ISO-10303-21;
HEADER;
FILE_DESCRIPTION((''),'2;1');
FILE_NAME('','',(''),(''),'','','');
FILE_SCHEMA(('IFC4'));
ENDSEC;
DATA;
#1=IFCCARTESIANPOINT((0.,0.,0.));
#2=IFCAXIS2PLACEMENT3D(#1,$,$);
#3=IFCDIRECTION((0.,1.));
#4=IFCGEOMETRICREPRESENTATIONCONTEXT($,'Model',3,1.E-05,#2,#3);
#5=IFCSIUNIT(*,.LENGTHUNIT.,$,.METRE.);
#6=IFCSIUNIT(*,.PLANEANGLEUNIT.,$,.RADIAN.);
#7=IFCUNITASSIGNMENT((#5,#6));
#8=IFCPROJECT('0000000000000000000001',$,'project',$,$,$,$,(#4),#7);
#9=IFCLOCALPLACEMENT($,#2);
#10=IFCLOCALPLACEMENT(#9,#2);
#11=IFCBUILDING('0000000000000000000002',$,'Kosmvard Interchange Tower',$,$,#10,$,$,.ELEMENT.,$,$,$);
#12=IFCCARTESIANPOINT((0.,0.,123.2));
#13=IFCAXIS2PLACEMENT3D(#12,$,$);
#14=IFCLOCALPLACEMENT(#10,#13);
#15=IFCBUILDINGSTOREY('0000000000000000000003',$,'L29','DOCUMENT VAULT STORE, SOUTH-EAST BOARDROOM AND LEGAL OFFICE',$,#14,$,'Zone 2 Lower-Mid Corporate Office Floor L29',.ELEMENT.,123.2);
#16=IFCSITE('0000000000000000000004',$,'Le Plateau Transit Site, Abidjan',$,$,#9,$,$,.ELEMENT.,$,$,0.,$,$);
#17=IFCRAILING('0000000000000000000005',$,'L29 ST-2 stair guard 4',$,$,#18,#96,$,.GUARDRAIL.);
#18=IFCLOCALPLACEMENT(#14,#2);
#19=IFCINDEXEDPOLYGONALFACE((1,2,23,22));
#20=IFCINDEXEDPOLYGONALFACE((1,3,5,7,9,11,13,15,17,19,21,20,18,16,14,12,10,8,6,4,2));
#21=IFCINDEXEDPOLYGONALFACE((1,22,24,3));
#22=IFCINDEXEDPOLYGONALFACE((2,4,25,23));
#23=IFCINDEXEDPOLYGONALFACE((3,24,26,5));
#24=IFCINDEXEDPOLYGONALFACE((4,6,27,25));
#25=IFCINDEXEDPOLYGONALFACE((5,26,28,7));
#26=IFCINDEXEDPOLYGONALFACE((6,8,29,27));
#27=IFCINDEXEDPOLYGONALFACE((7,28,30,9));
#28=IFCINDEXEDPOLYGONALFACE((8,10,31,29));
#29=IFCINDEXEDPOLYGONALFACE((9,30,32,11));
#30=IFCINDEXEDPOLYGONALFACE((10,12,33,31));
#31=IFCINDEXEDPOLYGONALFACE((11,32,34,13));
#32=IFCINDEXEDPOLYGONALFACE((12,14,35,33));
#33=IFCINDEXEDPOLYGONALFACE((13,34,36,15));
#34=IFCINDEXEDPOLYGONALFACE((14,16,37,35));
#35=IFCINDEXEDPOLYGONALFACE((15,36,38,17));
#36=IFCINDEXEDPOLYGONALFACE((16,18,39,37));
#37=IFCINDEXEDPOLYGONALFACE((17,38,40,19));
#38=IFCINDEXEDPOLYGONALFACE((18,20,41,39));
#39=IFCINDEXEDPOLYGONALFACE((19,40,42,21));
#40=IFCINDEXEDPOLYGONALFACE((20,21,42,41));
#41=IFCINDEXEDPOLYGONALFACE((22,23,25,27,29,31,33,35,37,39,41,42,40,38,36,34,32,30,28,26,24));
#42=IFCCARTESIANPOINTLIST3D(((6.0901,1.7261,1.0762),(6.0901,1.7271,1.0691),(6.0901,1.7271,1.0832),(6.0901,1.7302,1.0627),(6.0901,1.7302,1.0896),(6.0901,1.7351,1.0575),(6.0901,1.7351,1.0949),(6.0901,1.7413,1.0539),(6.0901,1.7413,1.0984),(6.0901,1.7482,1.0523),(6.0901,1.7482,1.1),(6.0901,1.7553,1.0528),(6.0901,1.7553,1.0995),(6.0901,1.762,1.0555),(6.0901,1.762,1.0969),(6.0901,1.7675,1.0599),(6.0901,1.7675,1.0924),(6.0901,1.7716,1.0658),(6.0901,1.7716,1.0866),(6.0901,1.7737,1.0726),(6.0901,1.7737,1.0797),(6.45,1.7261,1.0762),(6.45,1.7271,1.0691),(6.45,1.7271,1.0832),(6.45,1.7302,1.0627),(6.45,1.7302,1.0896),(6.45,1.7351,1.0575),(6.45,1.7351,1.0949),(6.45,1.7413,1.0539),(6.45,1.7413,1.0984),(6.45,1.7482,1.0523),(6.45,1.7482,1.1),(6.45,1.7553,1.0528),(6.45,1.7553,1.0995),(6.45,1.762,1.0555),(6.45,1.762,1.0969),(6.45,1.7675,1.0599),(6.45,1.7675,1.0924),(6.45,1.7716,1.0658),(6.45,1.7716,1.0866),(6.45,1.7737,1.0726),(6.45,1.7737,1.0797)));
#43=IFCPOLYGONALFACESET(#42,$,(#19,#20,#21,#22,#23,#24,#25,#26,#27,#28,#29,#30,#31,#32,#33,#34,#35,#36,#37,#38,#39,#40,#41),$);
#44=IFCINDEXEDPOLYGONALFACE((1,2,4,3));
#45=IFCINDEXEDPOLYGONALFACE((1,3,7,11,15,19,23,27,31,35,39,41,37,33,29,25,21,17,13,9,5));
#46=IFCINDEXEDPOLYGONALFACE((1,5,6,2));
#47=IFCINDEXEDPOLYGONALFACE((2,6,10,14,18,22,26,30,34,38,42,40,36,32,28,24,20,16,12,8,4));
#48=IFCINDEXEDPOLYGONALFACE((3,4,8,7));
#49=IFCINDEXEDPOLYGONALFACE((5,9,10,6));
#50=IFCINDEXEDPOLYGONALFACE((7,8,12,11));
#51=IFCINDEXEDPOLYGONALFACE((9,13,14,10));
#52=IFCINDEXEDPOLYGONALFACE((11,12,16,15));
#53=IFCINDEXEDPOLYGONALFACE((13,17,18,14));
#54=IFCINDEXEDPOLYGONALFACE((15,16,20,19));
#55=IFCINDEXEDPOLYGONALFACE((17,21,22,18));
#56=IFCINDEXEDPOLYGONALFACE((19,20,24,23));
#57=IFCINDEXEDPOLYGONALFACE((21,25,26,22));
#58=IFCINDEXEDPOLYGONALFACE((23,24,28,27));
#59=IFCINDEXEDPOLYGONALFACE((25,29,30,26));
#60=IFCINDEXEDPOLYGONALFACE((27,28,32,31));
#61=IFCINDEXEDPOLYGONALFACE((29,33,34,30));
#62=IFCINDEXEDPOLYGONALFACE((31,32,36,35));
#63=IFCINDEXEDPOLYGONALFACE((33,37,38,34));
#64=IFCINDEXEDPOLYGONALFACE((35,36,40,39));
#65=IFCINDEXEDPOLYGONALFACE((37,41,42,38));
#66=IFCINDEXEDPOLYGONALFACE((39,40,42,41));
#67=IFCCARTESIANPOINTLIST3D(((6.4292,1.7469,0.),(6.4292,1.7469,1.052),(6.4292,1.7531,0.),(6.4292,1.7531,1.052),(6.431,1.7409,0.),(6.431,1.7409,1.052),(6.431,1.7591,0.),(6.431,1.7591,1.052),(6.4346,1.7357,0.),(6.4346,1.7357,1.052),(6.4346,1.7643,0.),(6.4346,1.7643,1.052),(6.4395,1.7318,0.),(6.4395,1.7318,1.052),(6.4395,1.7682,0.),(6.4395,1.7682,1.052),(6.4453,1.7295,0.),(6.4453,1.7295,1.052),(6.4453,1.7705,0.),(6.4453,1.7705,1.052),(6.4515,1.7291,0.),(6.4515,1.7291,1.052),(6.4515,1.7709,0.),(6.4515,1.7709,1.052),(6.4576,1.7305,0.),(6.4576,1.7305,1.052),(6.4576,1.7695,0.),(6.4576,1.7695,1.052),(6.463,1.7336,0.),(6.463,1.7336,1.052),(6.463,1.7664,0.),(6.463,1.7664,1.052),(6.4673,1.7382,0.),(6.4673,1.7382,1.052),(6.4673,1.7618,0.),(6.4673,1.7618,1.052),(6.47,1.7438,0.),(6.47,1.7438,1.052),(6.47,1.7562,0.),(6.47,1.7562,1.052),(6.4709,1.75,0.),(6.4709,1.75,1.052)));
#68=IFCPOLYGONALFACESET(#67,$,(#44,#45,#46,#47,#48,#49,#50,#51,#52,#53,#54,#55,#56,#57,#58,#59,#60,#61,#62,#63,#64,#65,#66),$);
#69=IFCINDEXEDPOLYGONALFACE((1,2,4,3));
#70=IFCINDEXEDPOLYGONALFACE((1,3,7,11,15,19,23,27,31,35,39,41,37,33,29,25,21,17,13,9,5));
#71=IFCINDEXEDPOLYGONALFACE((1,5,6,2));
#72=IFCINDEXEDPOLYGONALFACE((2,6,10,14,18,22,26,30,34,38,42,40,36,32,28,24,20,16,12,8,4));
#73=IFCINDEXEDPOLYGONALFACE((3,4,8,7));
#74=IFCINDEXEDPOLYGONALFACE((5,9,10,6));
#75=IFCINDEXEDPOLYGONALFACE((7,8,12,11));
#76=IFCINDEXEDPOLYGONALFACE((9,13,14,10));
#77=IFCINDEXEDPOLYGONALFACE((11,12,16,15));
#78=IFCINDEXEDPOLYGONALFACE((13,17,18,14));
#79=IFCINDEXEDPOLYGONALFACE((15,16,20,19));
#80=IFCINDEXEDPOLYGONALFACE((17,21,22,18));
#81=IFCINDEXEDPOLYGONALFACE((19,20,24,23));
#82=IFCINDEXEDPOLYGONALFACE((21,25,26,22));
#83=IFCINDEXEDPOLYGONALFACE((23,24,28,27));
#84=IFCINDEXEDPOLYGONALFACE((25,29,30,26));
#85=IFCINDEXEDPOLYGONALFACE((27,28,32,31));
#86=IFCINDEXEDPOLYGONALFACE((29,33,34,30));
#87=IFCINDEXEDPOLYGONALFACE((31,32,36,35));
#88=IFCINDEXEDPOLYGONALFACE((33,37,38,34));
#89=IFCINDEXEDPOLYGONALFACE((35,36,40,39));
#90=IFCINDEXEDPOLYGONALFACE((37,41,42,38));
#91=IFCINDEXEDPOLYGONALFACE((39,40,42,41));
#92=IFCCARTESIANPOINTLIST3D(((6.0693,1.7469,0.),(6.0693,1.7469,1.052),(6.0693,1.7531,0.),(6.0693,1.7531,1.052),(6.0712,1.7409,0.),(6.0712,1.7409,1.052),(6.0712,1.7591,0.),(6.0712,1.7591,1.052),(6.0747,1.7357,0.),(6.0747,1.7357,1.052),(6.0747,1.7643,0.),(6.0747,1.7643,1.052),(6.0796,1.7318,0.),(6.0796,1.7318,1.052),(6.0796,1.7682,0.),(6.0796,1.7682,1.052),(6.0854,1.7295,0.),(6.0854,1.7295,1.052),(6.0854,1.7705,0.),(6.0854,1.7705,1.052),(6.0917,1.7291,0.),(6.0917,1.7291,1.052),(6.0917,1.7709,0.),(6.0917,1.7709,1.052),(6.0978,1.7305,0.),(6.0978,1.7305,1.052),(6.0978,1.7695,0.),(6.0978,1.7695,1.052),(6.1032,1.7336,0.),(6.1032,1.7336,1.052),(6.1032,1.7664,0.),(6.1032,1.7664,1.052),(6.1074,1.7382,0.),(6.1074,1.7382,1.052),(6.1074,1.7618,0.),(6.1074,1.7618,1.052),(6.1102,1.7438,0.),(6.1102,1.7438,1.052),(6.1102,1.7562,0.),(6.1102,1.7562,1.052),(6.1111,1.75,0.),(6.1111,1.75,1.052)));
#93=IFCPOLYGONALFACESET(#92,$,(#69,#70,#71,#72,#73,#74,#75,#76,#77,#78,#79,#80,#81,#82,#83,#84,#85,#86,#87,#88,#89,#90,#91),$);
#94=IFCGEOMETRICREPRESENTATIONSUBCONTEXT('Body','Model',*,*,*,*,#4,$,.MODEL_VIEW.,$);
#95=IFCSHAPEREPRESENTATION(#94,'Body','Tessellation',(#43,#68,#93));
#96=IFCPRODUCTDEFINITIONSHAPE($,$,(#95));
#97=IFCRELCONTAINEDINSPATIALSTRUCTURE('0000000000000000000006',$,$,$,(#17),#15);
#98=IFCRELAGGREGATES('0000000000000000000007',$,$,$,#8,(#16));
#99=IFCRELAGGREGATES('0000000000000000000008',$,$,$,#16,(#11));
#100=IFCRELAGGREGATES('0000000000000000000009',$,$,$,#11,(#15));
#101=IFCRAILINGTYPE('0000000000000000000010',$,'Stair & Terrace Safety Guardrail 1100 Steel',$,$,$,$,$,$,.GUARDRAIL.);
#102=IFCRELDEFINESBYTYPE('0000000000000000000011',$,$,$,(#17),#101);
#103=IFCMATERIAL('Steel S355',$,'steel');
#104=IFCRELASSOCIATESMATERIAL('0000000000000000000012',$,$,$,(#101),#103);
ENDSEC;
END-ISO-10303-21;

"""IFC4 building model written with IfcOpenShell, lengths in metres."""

from ifc_helpers import new_model, si_unit, direction, frame, origin, origin_2d, place, context, subcontext, project, spatial, circle, extrude, source, transform, mapped, material, type_object, element, save


model = new_model("IFC4")

# Units and contexts
model_context = context("Model", 3, precision=1e-05, world=origin(), true_north=direction((0.0, 1.0)))
body_context = subcontext(model_context, "Body", "Model", "MODEL_VIEW")
ifc_project = project(units=[si_unit("LENGTHUNIT", "METRE"), si_unit("PLANEANGLEUNIT", "RADIAN")], contexts=[model_context])

# Site, building, storey
site_placement = place(None, origin())
site = spatial("IfcSite", under=ifc_project, at=site_placement, Name="Le Plateau Transit Site, Abidjan", CompositionType="ELEMENT", RefElevation=0.0)
building_placement = place(site_placement, origin())
building = spatial("IfcBuilding", under=site, at=building_placement, Name="Kosmvard Interchange Tower", CompositionType="ELEMENT")
storey_placement = place(building_placement, frame((0.0, 0.0, 123.2)))
storey = spatial("IfcBuildingStorey", under=building, at=storey_placement, Name="L29", Description="DOCUMENT VAULT STORE, SOUTH-EAST BOARDROOM AND LEGAL OFFICE", LongName="Zone 2 Lower-Mid Corporate Office Floor L29", CompositionType="ELEMENT", Elevation=123.2)

# Shared definitions
ifc_material_1 = material(Name="Steel S355", Category="steel")

# Railing
railing_type_1 = type_object("IfcRailingType", Name="Stair & Terrace Safety Guardrail 1100 Steel", PredefinedType="GUARDRAIL", material=ifc_material_1)
shared_shape_1 = source(origin(), body_context, "Body", "SweptSolid", [
    extrude(circle(Radius=0.0239, at=origin_2d()), frame((0.0, 0.0, 1.0762), z_axis=(-1.0, 0.0, 0.0), x_axis=(0.0, -1.0, 0.0)), (0.0, 0.0, 1.0), 0.3599),
    extrude(circle(Radius=0.021, at=origin_2d()), origin(), (0.0, 0.0, 1.0), 1.052),
    extrude(circle(Radius=0.021, at=origin_2d()), frame((-0.3599, 0.0, 0.0)), (0.0, 0.0, 1.0), 1.052),
])
for number, where, name in (
    (1, (6.45, 1.75, 0.0), "L29 ST-2 stair guard 4"),
):
    element("IfcRailing", number, at=place(storey_placement, frame(where)), inside=storey, type_object=railing_type_1, Name=name, PredefinedType="GUARDRAIL", context=body_context, shape_type="MappedRepresentation", body=[
        mapped(shared_shape_1, transform((0.0, 0.0, 0.0), scale=1.0)),
    ])

save(model, "model.ifc")
